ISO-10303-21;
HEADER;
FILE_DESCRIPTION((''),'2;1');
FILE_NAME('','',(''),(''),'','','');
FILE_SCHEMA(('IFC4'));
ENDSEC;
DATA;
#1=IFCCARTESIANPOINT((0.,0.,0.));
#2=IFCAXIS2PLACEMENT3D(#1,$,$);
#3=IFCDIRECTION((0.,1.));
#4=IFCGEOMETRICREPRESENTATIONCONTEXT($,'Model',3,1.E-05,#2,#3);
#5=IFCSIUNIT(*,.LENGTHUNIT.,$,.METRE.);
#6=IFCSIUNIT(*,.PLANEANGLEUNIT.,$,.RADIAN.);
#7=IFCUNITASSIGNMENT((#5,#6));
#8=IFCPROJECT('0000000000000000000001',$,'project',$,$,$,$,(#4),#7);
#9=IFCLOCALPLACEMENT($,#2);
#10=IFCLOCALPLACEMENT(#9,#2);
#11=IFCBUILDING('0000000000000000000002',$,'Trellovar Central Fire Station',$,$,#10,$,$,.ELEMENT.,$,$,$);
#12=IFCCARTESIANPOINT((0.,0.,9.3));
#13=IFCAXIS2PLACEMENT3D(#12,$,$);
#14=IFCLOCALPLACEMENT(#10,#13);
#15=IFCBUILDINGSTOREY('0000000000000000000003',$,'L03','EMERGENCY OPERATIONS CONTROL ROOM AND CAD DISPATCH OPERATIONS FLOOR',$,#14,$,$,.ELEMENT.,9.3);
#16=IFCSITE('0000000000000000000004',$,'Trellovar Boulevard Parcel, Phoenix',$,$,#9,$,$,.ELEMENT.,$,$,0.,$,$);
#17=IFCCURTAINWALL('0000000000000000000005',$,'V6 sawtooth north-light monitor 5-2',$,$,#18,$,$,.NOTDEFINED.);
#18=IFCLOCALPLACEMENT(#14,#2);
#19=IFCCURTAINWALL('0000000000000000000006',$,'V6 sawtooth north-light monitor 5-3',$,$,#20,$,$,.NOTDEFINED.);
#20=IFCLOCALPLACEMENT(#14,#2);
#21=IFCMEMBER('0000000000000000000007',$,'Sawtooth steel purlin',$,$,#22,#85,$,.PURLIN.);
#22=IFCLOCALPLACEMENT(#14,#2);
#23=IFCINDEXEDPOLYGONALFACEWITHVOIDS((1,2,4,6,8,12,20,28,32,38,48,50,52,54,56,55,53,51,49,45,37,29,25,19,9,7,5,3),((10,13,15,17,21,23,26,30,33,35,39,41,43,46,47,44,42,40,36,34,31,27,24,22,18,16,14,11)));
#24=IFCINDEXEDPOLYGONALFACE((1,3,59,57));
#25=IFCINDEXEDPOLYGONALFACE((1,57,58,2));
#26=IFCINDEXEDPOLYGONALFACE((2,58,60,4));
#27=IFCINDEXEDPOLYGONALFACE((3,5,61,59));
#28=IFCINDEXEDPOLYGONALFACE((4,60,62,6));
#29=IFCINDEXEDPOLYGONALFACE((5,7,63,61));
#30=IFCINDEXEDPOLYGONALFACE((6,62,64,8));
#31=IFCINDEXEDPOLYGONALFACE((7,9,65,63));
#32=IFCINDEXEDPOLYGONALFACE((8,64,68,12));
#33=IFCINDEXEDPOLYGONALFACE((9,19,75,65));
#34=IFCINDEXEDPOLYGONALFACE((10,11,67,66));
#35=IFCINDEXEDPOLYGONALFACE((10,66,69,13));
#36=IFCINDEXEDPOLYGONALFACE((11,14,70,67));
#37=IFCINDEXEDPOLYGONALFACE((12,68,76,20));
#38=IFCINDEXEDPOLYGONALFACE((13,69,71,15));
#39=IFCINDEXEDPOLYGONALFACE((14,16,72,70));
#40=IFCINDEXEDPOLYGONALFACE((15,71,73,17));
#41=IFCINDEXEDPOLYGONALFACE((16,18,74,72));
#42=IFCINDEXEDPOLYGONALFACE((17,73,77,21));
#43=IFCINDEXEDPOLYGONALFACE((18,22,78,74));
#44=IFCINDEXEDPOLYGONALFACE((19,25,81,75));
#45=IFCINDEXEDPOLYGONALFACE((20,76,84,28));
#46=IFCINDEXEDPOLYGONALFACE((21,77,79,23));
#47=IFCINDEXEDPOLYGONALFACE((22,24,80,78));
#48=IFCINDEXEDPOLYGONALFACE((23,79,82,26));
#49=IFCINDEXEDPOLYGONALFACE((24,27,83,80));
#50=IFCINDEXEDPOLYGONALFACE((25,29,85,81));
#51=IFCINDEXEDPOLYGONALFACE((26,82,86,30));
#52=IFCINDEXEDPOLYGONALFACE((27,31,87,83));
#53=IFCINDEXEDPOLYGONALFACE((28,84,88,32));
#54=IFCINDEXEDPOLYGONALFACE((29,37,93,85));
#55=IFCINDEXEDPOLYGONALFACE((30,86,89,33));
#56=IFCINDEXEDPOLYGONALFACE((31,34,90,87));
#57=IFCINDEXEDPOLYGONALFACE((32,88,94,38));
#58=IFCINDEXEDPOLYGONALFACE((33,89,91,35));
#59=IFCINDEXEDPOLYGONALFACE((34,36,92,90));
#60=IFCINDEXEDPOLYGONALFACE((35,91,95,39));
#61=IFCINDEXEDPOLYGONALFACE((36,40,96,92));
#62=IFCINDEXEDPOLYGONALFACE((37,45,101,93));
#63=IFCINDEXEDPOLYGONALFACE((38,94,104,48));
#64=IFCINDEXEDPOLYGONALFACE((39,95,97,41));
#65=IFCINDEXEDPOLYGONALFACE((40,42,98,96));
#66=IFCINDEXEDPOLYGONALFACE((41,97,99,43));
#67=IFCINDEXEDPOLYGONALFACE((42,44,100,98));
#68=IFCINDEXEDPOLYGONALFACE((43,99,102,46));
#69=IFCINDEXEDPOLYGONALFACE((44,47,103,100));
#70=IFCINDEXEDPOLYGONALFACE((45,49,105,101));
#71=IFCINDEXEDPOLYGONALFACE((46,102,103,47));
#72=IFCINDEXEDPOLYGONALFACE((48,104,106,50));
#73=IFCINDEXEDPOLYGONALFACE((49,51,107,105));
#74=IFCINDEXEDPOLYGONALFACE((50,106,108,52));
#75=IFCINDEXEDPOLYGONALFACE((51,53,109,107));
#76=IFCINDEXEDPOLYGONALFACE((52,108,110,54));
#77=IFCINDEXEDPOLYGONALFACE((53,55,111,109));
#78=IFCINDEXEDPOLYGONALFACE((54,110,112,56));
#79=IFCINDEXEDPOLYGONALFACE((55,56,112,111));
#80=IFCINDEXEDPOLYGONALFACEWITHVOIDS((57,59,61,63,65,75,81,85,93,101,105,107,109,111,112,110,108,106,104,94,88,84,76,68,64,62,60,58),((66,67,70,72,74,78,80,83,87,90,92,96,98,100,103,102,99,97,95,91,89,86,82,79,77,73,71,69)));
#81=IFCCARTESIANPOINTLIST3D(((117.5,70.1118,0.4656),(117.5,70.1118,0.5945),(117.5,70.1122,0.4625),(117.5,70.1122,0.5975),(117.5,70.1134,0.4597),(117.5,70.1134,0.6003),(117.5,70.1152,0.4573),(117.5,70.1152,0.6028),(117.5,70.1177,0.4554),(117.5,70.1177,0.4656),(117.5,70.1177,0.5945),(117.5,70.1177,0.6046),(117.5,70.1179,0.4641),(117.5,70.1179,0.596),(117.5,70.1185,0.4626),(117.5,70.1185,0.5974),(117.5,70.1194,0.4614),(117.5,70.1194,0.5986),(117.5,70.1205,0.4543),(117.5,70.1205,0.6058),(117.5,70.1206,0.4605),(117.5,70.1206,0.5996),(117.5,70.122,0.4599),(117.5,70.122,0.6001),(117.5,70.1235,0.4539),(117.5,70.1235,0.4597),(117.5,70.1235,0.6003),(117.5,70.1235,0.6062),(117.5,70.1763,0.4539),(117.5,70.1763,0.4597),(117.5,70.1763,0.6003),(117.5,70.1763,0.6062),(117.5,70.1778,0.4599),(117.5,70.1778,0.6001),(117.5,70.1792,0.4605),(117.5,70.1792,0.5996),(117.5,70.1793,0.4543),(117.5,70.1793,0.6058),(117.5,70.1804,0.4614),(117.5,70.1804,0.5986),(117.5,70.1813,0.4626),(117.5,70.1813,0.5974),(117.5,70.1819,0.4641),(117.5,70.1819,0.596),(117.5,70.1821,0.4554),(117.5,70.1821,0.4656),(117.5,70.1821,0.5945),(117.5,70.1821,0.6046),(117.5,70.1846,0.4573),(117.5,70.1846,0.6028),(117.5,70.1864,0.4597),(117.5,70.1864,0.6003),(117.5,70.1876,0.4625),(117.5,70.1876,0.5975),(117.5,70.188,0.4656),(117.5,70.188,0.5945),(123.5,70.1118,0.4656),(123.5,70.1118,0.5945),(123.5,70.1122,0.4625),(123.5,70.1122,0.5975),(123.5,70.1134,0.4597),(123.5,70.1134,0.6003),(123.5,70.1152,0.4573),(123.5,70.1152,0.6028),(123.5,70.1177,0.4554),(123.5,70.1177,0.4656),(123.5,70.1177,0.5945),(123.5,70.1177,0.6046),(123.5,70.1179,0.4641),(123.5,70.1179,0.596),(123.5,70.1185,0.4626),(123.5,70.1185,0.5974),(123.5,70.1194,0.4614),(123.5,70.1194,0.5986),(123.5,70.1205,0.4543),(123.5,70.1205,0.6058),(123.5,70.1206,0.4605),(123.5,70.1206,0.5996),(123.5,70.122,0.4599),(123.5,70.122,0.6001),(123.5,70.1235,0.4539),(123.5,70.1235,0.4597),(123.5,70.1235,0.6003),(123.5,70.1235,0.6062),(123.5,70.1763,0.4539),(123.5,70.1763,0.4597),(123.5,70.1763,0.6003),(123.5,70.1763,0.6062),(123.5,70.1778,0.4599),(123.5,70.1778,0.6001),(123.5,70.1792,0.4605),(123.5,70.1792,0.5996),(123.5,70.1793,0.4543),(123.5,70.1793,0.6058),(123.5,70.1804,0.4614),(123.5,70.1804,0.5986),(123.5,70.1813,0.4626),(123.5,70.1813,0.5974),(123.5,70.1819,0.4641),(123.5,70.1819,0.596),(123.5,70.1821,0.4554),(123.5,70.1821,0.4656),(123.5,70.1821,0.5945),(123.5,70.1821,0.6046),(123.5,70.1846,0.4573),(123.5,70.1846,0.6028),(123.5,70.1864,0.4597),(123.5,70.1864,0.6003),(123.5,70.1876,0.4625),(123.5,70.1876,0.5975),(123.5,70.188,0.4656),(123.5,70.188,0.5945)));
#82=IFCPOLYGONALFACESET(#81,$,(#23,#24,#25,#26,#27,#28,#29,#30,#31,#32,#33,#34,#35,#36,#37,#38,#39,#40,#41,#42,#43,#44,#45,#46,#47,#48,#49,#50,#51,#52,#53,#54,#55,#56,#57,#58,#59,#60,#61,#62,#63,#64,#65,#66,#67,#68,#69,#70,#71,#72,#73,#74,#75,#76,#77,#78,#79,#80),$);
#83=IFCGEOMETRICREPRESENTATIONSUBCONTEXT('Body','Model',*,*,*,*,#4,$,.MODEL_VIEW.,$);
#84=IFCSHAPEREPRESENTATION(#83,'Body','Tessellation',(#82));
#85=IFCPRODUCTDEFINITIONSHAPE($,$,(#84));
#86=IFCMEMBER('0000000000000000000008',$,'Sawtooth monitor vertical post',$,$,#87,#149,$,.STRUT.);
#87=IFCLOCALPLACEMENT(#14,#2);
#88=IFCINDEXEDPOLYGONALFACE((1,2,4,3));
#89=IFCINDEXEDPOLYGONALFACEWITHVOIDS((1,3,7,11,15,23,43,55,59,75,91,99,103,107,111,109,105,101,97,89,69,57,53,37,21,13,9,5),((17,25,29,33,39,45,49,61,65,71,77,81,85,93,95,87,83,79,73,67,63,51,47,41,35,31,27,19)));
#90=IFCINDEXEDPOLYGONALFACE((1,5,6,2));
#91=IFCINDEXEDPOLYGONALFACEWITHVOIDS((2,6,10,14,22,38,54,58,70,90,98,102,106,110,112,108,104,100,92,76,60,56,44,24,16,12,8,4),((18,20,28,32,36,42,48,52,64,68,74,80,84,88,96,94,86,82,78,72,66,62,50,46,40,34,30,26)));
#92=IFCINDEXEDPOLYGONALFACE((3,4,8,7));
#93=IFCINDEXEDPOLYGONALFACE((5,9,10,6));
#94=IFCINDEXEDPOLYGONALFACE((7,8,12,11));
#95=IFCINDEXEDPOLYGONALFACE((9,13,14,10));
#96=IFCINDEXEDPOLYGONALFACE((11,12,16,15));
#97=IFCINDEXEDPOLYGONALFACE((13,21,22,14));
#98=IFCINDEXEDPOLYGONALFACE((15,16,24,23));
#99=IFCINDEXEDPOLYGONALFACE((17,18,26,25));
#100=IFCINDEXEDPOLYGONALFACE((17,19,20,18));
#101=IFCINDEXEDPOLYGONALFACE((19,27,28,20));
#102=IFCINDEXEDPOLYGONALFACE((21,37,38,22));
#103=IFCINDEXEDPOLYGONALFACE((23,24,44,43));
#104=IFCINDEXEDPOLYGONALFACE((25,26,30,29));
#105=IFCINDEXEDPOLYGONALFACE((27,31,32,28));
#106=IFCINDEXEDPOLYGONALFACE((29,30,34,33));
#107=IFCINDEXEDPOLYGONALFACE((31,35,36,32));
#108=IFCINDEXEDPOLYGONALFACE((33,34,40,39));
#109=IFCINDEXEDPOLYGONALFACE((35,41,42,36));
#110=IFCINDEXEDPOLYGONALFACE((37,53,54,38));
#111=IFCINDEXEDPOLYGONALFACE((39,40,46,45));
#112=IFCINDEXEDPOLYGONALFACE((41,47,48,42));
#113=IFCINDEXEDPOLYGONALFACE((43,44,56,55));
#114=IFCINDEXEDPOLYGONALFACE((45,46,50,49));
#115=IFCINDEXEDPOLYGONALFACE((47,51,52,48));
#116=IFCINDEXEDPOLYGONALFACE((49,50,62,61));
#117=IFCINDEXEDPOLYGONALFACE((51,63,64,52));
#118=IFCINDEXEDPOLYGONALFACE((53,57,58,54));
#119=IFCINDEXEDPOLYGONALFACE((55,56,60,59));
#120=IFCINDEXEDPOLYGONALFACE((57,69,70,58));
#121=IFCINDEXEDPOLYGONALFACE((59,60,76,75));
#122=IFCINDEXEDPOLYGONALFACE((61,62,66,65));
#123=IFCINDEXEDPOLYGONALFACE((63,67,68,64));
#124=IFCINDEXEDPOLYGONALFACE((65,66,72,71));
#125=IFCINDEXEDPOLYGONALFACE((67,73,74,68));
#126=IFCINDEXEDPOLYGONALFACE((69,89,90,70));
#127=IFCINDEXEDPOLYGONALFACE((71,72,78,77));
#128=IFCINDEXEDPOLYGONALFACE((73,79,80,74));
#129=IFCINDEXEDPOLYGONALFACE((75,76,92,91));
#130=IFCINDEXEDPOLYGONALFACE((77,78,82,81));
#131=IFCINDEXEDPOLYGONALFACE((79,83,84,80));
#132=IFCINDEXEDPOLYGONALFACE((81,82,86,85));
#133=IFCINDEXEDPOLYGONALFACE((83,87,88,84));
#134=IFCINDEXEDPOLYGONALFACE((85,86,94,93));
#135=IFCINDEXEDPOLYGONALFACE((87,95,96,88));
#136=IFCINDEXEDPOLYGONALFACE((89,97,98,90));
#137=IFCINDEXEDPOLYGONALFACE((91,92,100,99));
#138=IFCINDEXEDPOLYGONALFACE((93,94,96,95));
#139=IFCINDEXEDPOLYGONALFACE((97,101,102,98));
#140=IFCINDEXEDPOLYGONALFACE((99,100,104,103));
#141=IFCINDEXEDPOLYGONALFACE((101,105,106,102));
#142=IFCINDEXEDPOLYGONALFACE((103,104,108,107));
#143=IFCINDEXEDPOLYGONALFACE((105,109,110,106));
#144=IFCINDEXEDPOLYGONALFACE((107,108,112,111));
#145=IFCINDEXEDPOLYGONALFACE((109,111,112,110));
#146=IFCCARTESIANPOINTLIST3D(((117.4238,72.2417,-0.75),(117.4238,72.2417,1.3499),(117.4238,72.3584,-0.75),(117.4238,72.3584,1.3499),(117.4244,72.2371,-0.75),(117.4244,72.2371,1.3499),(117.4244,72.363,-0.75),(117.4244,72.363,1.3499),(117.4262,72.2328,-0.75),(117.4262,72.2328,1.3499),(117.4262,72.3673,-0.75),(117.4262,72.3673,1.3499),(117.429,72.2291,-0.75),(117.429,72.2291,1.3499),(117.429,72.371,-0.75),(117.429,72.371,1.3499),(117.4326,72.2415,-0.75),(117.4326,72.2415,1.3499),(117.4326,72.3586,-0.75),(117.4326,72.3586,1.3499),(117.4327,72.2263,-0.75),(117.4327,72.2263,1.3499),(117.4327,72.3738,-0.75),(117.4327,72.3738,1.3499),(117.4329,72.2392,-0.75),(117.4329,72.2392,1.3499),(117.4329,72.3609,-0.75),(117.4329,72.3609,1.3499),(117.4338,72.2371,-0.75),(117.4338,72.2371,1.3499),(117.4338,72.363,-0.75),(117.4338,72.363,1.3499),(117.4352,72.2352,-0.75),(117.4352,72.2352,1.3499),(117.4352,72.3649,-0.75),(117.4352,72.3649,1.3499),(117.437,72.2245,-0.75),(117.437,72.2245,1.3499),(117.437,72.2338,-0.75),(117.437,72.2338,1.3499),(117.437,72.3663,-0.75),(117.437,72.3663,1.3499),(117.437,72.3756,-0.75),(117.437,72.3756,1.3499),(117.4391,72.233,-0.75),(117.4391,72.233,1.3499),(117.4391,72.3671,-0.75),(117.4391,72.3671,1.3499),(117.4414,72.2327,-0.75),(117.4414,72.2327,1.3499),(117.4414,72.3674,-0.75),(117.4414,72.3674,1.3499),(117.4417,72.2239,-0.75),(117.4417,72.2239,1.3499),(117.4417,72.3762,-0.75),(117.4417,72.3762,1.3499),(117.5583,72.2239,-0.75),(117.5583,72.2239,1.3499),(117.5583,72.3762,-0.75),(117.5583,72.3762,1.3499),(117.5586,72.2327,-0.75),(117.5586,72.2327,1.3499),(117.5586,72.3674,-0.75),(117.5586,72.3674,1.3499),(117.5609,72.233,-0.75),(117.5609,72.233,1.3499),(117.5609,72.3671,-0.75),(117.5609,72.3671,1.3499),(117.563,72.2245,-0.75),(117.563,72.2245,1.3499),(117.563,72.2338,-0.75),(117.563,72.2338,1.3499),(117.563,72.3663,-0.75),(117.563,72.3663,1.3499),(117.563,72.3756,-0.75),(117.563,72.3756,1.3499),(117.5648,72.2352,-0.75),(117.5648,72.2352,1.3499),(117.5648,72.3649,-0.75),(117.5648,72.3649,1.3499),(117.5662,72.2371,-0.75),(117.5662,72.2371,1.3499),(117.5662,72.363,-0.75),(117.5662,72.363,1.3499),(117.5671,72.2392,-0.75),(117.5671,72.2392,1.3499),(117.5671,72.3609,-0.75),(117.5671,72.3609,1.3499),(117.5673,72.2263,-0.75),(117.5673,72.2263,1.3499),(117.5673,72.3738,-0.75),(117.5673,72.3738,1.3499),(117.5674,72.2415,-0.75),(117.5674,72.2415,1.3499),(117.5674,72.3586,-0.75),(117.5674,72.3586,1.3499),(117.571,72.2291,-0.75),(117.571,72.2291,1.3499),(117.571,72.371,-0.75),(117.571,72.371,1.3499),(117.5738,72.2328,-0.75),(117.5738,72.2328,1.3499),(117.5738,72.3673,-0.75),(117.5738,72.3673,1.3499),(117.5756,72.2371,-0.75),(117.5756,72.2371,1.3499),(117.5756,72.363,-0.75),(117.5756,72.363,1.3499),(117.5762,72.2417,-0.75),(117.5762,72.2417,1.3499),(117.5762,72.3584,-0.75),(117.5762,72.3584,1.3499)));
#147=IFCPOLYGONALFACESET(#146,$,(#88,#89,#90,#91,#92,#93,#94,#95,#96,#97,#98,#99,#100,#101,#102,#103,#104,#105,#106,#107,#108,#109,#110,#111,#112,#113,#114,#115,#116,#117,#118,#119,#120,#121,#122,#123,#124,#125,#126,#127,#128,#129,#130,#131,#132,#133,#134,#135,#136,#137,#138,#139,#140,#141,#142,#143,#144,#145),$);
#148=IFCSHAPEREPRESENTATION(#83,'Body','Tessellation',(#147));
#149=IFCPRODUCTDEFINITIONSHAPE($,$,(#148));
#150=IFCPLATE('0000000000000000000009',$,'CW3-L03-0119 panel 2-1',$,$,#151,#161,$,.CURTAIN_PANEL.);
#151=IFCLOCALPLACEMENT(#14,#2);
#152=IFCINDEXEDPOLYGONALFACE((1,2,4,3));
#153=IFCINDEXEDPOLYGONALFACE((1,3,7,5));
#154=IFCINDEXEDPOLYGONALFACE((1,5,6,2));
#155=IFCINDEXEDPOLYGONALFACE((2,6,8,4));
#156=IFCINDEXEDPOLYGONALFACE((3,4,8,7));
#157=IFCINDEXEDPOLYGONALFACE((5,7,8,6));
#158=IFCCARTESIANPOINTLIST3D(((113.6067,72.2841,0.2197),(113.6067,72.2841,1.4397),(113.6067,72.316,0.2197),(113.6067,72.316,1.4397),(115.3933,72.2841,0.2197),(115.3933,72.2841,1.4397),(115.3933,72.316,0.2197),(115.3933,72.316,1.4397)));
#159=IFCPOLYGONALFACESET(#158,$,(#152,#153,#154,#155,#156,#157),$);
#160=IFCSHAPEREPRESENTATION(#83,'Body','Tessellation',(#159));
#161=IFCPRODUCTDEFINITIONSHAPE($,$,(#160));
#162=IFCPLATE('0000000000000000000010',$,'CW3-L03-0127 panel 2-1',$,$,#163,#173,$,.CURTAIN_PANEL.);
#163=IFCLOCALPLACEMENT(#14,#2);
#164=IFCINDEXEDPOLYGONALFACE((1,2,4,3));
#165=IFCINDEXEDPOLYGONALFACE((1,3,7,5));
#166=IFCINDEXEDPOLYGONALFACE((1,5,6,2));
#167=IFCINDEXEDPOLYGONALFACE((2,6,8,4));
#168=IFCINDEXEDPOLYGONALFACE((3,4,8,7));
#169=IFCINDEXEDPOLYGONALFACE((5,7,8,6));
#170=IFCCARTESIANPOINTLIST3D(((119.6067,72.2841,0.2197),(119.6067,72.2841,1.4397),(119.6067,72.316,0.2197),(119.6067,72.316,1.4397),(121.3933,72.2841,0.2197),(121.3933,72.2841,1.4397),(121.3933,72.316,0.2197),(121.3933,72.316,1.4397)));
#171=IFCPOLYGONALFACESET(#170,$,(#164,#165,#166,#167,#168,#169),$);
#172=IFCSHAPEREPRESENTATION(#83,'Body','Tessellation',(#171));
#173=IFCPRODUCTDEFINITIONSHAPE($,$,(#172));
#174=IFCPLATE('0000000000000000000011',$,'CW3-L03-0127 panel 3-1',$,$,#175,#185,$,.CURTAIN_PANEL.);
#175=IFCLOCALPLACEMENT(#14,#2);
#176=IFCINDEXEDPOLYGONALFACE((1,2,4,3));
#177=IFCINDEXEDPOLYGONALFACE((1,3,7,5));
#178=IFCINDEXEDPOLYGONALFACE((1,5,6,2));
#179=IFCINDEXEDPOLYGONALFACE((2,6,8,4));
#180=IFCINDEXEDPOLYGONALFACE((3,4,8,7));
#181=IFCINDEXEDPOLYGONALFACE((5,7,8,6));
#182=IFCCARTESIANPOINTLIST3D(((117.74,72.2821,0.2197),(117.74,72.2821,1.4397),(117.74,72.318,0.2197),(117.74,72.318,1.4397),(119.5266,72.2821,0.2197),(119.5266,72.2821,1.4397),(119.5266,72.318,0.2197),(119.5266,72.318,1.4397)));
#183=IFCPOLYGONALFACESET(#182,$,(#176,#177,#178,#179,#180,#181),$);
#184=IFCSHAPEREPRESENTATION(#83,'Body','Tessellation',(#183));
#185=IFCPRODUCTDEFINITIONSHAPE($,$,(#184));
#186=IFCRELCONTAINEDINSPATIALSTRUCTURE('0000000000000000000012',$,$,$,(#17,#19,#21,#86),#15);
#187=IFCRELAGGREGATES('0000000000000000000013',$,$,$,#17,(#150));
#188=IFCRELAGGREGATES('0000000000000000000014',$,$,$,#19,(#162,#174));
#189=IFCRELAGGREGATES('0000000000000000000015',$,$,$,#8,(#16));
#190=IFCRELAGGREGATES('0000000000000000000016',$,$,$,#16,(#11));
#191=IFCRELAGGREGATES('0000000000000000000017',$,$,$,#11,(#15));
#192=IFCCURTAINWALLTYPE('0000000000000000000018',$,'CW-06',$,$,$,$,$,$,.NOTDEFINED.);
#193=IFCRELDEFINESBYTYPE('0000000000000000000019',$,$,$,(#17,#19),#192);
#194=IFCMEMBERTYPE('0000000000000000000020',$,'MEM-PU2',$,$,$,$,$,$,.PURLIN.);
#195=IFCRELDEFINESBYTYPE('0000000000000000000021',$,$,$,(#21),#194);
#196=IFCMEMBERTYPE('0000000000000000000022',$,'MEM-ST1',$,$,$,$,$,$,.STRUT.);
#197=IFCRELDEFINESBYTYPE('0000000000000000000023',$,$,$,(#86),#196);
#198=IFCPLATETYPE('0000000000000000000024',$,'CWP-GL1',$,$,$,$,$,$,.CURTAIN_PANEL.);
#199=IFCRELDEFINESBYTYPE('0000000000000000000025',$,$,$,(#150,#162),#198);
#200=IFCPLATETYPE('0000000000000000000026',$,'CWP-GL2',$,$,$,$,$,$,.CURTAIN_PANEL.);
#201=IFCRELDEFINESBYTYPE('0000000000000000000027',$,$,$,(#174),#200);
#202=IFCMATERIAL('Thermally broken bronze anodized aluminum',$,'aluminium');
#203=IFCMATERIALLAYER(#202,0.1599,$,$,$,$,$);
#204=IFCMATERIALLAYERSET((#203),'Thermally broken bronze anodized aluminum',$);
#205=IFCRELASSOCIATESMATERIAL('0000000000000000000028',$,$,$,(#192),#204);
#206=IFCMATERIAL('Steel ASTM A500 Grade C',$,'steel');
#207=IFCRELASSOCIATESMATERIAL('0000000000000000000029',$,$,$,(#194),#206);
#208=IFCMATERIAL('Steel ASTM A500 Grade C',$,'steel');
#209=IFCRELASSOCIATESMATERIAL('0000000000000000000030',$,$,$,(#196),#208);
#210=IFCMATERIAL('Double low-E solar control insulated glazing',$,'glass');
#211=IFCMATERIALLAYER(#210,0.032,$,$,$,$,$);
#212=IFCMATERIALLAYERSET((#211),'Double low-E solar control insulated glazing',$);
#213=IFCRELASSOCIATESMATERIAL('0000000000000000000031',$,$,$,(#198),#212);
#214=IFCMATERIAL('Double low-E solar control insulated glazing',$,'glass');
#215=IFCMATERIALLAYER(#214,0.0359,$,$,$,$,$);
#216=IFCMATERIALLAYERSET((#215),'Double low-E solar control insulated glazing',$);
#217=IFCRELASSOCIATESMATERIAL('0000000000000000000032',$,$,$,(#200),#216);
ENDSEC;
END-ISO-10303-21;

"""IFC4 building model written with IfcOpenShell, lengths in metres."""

from ifc_helpers import new_model, si_unit, direction, frame, origin, origin_2d, place, context, subcontext, project, spatial, rectangle, hollow_rectangle, extrude, material, layer, layer_set, material_profile, profile_set, type_object, element, aggregate, save


model = new_model("IFC4")

# Units and contexts
model_context = context("Model", 3, precision=1e-05, world=origin(), true_north=direction((0.0, 1.0)))
body_context = subcontext(model_context, "Body", "Model", "MODEL_VIEW")
ifc_project = project(units=[si_unit("LENGTHUNIT", "METRE"), si_unit("PLANEANGLEUNIT", "RADIAN")], contexts=[model_context])

# Site, building, storey
site_placement = place(None, origin())
site = spatial("IfcSite", under=ifc_project, at=site_placement, Name="Trellovar Boulevard Parcel, Phoenix", CompositionType="ELEMENT", RefElevation=0.0)
building_placement = place(site_placement, origin())
building = spatial("IfcBuilding", under=site, at=building_placement, Name="Trellovar Central Fire Station", CompositionType="ELEMENT")
storey_placement = place(building_placement, frame((0.0, 0.0, 9.3)))
storey = spatial("IfcBuildingStorey", under=building, at=storey_placement, Name="L03", Description="EMERGENCY OPERATIONS CONTROL ROOM AND CAD DISPATCH OPERATIONS FLOOR", CompositionType="ELEMENT", Elevation=9.3)

# Curtain wall
ifc_material_1 = material(Name="Thermally broken bronze anodized aluminum", Category="aluminium")
ifc_layer_1 = layer(ifc_material_1, 0.1599)
ifc_layer_set_1 = layer_set([ifc_layer_1], Name="Thermally broken bronze anodized aluminum")
curtain_wall_type = type_object("IfcCurtainWallType", Name="CW-06", PredefinedType="NOTDEFINED", material=ifc_layer_set_1)
curtain_wall_1_placement = place(storey_placement, origin())
curtain_wall_1 = element("IfcCurtainWall", 1, at=curtain_wall_1_placement, inside=storey, type_object=curtain_wall_type, Name="V6 sawtooth north-light monitor 5-2", PredefinedType="NOTDEFINED")

# Curtain wall
curtain_wall_2_placement = place(storey_placement, origin())
curtain_wall_2 = element("IfcCurtainWall", 2, at=curtain_wall_2_placement, inside=storey, type_object=curtain_wall_type, Name="V6 sawtooth north-light monitor 5-3", PredefinedType="NOTDEFINED")

# Members
ifc_material_2 = material(Name="Steel ASTM A500 Grade C", Category="steel")
ifc_material_profile_1 = material_profile(ifc_material_2, hollow_rectangle(XDim=0.0762, YDim=0.1523, WallThickness=0.0059, InnerFilletRadius=0.0059, OuterFilletRadius=0.0117, at=origin_2d()), Name="HSS6X3X1/4")
ifc_profile_set_1 = profile_set([ifc_material_profile_1], Name="Steel ASTM A500 Grade C")
member_type_1 = type_object("IfcMemberType", Name="MEM-PU2", PredefinedType="PURLIN", material=ifc_profile_set_1)
member_1_placement = place(storey_placement, frame((117.5, 70.1499, 0.53), z_axis=(1.0, 0.0, 0.0), x_axis=(0.0, 1.0, 0.0)))
element("IfcMember", 3, at=member_1_placement, inside=storey, type_object=member_type_1, Name="Sawtooth steel purlin", PredefinedType="PURLIN", context=body_context, shape_type="SweptSolid", body=[
    extrude(hollow_rectangle(XDim=0.0762, YDim=0.1523, WallThickness=0.0059, InnerFilletRadius=0.0059, OuterFilletRadius=0.0117, at=origin_2d()), origin(), (0.0, 0.0, 1.0), 6.0),
])
ifc_material_3 = material(Name="Steel ASTM A500 Grade C", Category="steel")
ifc_material_profile_2 = material_profile(ifc_material_3, hollow_rectangle(XDim=0.1523, YDim=0.1523, WallThickness=0.0088, InnerFilletRadius=0.0088, OuterFilletRadius=0.0178, at=origin_2d()), Name="HSS6X6X3/8")
ifc_profile_set_2 = profile_set([ifc_material_profile_2], Name="Steel ASTM A500 Grade C")
member_type_2 = type_object("IfcMemberType", Name="MEM-ST1", PredefinedType="STRUT", material=ifc_profile_set_2)
member_2_placement = place(storey_placement, frame((117.5, 72.3, -0.75), z_axis=(0.0, 0.0, 1.0), x_axis=(1.0, 0.0, 0.0)))
element("IfcMember", 4, at=member_2_placement, inside=storey, type_object=member_type_2, Name="Sawtooth monitor vertical post", PredefinedType="STRUT", context=body_context, shape_type="SweptSolid", body=[
    extrude(hollow_rectangle(XDim=0.1523, YDim=0.1523, WallThickness=0.0088, InnerFilletRadius=0.0088, OuterFilletRadius=0.0178, at=origin_2d()), origin(), (0.0, 0.0, 1.0), 2.0999),
])

# Plates
ifc_material_4 = material(Name="Double low-E solar control insulated glazing", Category="glass")
ifc_layer_2 = layer(ifc_material_4, 0.032)
ifc_layer_set_2 = layer_set([ifc_layer_2], Name="Double low-E solar control insulated glazing")
plate_type_1 = type_object("IfcPlateType", Name="CWP-GL1", PredefinedType="CURTAIN_PANEL", material=ifc_layer_set_2)
plate_1_placement = place(storey_placement, frame((114.5, 72.3, 0.2197), z_axis=(0.0, 0.0, 1.0), x_axis=(-1.0, 0.0, 0.0)))
plate_1 = element("IfcPlate", 5, at=plate_1_placement, type_object=plate_type_1, Name="CW3-L03-0119 panel 2-1", PredefinedType="CURTAIN_PANEL", context=body_context, shape_type="SweptSolid", body=[
    extrude(rectangle(XDim=1.7866, YDim=0.032, at=origin_2d()), origin(), (0.0, 0.0, 1.0), 1.22),
])
plate_2_placement = place(storey_placement, frame((120.5, 72.3, 0.2197), z_axis=(0.0, 0.0, 1.0), x_axis=(-1.0, 0.0, 0.0)))
plate_2 = element("IfcPlate", 6, at=plate_2_placement, type_object=plate_type_1, Name="CW3-L03-0127 panel 2-1", PredefinedType="CURTAIN_PANEL", context=body_context, shape_type="SweptSolid", body=[
    extrude(rectangle(XDim=1.7866, YDim=0.032, at=origin_2d()), origin(), (0.0, 0.0, 1.0), 1.22),
])
ifc_material_5 = material(Name="Double low-E solar control insulated glazing", Category="glass")
ifc_layer_3 = layer(ifc_material_5, 0.0359)
ifc_layer_set_3 = layer_set([ifc_layer_3], Name="Double low-E solar control insulated glazing")
plate_type_2 = type_object("IfcPlateType", Name="CWP-GL2", PredefinedType="CURTAIN_PANEL", material=ifc_layer_set_3)
plate_3_placement = place(storey_placement, frame((118.6333, 72.3, 0.2197), z_axis=(0.0, 0.0, 1.0), x_axis=(-1.0, 0.0, 0.0)))
plate_3 = element("IfcPlate", 7, at=plate_3_placement, type_object=plate_type_2, Name="CW3-L03-0127 panel 3-1", PredefinedType="CURTAIN_PANEL", context=body_context, shape_type="SweptSolid", body=[
    extrude(rectangle(XDim=1.7866, YDim=0.0359, at=origin_2d()), origin(), (0.0, 0.0, 1.0), 1.22),
])
aggregate(curtain_wall_1, [plate_1])
aggregate(curtain_wall_2, [plate_2, plate_3])

save(model, "model.ifc")
